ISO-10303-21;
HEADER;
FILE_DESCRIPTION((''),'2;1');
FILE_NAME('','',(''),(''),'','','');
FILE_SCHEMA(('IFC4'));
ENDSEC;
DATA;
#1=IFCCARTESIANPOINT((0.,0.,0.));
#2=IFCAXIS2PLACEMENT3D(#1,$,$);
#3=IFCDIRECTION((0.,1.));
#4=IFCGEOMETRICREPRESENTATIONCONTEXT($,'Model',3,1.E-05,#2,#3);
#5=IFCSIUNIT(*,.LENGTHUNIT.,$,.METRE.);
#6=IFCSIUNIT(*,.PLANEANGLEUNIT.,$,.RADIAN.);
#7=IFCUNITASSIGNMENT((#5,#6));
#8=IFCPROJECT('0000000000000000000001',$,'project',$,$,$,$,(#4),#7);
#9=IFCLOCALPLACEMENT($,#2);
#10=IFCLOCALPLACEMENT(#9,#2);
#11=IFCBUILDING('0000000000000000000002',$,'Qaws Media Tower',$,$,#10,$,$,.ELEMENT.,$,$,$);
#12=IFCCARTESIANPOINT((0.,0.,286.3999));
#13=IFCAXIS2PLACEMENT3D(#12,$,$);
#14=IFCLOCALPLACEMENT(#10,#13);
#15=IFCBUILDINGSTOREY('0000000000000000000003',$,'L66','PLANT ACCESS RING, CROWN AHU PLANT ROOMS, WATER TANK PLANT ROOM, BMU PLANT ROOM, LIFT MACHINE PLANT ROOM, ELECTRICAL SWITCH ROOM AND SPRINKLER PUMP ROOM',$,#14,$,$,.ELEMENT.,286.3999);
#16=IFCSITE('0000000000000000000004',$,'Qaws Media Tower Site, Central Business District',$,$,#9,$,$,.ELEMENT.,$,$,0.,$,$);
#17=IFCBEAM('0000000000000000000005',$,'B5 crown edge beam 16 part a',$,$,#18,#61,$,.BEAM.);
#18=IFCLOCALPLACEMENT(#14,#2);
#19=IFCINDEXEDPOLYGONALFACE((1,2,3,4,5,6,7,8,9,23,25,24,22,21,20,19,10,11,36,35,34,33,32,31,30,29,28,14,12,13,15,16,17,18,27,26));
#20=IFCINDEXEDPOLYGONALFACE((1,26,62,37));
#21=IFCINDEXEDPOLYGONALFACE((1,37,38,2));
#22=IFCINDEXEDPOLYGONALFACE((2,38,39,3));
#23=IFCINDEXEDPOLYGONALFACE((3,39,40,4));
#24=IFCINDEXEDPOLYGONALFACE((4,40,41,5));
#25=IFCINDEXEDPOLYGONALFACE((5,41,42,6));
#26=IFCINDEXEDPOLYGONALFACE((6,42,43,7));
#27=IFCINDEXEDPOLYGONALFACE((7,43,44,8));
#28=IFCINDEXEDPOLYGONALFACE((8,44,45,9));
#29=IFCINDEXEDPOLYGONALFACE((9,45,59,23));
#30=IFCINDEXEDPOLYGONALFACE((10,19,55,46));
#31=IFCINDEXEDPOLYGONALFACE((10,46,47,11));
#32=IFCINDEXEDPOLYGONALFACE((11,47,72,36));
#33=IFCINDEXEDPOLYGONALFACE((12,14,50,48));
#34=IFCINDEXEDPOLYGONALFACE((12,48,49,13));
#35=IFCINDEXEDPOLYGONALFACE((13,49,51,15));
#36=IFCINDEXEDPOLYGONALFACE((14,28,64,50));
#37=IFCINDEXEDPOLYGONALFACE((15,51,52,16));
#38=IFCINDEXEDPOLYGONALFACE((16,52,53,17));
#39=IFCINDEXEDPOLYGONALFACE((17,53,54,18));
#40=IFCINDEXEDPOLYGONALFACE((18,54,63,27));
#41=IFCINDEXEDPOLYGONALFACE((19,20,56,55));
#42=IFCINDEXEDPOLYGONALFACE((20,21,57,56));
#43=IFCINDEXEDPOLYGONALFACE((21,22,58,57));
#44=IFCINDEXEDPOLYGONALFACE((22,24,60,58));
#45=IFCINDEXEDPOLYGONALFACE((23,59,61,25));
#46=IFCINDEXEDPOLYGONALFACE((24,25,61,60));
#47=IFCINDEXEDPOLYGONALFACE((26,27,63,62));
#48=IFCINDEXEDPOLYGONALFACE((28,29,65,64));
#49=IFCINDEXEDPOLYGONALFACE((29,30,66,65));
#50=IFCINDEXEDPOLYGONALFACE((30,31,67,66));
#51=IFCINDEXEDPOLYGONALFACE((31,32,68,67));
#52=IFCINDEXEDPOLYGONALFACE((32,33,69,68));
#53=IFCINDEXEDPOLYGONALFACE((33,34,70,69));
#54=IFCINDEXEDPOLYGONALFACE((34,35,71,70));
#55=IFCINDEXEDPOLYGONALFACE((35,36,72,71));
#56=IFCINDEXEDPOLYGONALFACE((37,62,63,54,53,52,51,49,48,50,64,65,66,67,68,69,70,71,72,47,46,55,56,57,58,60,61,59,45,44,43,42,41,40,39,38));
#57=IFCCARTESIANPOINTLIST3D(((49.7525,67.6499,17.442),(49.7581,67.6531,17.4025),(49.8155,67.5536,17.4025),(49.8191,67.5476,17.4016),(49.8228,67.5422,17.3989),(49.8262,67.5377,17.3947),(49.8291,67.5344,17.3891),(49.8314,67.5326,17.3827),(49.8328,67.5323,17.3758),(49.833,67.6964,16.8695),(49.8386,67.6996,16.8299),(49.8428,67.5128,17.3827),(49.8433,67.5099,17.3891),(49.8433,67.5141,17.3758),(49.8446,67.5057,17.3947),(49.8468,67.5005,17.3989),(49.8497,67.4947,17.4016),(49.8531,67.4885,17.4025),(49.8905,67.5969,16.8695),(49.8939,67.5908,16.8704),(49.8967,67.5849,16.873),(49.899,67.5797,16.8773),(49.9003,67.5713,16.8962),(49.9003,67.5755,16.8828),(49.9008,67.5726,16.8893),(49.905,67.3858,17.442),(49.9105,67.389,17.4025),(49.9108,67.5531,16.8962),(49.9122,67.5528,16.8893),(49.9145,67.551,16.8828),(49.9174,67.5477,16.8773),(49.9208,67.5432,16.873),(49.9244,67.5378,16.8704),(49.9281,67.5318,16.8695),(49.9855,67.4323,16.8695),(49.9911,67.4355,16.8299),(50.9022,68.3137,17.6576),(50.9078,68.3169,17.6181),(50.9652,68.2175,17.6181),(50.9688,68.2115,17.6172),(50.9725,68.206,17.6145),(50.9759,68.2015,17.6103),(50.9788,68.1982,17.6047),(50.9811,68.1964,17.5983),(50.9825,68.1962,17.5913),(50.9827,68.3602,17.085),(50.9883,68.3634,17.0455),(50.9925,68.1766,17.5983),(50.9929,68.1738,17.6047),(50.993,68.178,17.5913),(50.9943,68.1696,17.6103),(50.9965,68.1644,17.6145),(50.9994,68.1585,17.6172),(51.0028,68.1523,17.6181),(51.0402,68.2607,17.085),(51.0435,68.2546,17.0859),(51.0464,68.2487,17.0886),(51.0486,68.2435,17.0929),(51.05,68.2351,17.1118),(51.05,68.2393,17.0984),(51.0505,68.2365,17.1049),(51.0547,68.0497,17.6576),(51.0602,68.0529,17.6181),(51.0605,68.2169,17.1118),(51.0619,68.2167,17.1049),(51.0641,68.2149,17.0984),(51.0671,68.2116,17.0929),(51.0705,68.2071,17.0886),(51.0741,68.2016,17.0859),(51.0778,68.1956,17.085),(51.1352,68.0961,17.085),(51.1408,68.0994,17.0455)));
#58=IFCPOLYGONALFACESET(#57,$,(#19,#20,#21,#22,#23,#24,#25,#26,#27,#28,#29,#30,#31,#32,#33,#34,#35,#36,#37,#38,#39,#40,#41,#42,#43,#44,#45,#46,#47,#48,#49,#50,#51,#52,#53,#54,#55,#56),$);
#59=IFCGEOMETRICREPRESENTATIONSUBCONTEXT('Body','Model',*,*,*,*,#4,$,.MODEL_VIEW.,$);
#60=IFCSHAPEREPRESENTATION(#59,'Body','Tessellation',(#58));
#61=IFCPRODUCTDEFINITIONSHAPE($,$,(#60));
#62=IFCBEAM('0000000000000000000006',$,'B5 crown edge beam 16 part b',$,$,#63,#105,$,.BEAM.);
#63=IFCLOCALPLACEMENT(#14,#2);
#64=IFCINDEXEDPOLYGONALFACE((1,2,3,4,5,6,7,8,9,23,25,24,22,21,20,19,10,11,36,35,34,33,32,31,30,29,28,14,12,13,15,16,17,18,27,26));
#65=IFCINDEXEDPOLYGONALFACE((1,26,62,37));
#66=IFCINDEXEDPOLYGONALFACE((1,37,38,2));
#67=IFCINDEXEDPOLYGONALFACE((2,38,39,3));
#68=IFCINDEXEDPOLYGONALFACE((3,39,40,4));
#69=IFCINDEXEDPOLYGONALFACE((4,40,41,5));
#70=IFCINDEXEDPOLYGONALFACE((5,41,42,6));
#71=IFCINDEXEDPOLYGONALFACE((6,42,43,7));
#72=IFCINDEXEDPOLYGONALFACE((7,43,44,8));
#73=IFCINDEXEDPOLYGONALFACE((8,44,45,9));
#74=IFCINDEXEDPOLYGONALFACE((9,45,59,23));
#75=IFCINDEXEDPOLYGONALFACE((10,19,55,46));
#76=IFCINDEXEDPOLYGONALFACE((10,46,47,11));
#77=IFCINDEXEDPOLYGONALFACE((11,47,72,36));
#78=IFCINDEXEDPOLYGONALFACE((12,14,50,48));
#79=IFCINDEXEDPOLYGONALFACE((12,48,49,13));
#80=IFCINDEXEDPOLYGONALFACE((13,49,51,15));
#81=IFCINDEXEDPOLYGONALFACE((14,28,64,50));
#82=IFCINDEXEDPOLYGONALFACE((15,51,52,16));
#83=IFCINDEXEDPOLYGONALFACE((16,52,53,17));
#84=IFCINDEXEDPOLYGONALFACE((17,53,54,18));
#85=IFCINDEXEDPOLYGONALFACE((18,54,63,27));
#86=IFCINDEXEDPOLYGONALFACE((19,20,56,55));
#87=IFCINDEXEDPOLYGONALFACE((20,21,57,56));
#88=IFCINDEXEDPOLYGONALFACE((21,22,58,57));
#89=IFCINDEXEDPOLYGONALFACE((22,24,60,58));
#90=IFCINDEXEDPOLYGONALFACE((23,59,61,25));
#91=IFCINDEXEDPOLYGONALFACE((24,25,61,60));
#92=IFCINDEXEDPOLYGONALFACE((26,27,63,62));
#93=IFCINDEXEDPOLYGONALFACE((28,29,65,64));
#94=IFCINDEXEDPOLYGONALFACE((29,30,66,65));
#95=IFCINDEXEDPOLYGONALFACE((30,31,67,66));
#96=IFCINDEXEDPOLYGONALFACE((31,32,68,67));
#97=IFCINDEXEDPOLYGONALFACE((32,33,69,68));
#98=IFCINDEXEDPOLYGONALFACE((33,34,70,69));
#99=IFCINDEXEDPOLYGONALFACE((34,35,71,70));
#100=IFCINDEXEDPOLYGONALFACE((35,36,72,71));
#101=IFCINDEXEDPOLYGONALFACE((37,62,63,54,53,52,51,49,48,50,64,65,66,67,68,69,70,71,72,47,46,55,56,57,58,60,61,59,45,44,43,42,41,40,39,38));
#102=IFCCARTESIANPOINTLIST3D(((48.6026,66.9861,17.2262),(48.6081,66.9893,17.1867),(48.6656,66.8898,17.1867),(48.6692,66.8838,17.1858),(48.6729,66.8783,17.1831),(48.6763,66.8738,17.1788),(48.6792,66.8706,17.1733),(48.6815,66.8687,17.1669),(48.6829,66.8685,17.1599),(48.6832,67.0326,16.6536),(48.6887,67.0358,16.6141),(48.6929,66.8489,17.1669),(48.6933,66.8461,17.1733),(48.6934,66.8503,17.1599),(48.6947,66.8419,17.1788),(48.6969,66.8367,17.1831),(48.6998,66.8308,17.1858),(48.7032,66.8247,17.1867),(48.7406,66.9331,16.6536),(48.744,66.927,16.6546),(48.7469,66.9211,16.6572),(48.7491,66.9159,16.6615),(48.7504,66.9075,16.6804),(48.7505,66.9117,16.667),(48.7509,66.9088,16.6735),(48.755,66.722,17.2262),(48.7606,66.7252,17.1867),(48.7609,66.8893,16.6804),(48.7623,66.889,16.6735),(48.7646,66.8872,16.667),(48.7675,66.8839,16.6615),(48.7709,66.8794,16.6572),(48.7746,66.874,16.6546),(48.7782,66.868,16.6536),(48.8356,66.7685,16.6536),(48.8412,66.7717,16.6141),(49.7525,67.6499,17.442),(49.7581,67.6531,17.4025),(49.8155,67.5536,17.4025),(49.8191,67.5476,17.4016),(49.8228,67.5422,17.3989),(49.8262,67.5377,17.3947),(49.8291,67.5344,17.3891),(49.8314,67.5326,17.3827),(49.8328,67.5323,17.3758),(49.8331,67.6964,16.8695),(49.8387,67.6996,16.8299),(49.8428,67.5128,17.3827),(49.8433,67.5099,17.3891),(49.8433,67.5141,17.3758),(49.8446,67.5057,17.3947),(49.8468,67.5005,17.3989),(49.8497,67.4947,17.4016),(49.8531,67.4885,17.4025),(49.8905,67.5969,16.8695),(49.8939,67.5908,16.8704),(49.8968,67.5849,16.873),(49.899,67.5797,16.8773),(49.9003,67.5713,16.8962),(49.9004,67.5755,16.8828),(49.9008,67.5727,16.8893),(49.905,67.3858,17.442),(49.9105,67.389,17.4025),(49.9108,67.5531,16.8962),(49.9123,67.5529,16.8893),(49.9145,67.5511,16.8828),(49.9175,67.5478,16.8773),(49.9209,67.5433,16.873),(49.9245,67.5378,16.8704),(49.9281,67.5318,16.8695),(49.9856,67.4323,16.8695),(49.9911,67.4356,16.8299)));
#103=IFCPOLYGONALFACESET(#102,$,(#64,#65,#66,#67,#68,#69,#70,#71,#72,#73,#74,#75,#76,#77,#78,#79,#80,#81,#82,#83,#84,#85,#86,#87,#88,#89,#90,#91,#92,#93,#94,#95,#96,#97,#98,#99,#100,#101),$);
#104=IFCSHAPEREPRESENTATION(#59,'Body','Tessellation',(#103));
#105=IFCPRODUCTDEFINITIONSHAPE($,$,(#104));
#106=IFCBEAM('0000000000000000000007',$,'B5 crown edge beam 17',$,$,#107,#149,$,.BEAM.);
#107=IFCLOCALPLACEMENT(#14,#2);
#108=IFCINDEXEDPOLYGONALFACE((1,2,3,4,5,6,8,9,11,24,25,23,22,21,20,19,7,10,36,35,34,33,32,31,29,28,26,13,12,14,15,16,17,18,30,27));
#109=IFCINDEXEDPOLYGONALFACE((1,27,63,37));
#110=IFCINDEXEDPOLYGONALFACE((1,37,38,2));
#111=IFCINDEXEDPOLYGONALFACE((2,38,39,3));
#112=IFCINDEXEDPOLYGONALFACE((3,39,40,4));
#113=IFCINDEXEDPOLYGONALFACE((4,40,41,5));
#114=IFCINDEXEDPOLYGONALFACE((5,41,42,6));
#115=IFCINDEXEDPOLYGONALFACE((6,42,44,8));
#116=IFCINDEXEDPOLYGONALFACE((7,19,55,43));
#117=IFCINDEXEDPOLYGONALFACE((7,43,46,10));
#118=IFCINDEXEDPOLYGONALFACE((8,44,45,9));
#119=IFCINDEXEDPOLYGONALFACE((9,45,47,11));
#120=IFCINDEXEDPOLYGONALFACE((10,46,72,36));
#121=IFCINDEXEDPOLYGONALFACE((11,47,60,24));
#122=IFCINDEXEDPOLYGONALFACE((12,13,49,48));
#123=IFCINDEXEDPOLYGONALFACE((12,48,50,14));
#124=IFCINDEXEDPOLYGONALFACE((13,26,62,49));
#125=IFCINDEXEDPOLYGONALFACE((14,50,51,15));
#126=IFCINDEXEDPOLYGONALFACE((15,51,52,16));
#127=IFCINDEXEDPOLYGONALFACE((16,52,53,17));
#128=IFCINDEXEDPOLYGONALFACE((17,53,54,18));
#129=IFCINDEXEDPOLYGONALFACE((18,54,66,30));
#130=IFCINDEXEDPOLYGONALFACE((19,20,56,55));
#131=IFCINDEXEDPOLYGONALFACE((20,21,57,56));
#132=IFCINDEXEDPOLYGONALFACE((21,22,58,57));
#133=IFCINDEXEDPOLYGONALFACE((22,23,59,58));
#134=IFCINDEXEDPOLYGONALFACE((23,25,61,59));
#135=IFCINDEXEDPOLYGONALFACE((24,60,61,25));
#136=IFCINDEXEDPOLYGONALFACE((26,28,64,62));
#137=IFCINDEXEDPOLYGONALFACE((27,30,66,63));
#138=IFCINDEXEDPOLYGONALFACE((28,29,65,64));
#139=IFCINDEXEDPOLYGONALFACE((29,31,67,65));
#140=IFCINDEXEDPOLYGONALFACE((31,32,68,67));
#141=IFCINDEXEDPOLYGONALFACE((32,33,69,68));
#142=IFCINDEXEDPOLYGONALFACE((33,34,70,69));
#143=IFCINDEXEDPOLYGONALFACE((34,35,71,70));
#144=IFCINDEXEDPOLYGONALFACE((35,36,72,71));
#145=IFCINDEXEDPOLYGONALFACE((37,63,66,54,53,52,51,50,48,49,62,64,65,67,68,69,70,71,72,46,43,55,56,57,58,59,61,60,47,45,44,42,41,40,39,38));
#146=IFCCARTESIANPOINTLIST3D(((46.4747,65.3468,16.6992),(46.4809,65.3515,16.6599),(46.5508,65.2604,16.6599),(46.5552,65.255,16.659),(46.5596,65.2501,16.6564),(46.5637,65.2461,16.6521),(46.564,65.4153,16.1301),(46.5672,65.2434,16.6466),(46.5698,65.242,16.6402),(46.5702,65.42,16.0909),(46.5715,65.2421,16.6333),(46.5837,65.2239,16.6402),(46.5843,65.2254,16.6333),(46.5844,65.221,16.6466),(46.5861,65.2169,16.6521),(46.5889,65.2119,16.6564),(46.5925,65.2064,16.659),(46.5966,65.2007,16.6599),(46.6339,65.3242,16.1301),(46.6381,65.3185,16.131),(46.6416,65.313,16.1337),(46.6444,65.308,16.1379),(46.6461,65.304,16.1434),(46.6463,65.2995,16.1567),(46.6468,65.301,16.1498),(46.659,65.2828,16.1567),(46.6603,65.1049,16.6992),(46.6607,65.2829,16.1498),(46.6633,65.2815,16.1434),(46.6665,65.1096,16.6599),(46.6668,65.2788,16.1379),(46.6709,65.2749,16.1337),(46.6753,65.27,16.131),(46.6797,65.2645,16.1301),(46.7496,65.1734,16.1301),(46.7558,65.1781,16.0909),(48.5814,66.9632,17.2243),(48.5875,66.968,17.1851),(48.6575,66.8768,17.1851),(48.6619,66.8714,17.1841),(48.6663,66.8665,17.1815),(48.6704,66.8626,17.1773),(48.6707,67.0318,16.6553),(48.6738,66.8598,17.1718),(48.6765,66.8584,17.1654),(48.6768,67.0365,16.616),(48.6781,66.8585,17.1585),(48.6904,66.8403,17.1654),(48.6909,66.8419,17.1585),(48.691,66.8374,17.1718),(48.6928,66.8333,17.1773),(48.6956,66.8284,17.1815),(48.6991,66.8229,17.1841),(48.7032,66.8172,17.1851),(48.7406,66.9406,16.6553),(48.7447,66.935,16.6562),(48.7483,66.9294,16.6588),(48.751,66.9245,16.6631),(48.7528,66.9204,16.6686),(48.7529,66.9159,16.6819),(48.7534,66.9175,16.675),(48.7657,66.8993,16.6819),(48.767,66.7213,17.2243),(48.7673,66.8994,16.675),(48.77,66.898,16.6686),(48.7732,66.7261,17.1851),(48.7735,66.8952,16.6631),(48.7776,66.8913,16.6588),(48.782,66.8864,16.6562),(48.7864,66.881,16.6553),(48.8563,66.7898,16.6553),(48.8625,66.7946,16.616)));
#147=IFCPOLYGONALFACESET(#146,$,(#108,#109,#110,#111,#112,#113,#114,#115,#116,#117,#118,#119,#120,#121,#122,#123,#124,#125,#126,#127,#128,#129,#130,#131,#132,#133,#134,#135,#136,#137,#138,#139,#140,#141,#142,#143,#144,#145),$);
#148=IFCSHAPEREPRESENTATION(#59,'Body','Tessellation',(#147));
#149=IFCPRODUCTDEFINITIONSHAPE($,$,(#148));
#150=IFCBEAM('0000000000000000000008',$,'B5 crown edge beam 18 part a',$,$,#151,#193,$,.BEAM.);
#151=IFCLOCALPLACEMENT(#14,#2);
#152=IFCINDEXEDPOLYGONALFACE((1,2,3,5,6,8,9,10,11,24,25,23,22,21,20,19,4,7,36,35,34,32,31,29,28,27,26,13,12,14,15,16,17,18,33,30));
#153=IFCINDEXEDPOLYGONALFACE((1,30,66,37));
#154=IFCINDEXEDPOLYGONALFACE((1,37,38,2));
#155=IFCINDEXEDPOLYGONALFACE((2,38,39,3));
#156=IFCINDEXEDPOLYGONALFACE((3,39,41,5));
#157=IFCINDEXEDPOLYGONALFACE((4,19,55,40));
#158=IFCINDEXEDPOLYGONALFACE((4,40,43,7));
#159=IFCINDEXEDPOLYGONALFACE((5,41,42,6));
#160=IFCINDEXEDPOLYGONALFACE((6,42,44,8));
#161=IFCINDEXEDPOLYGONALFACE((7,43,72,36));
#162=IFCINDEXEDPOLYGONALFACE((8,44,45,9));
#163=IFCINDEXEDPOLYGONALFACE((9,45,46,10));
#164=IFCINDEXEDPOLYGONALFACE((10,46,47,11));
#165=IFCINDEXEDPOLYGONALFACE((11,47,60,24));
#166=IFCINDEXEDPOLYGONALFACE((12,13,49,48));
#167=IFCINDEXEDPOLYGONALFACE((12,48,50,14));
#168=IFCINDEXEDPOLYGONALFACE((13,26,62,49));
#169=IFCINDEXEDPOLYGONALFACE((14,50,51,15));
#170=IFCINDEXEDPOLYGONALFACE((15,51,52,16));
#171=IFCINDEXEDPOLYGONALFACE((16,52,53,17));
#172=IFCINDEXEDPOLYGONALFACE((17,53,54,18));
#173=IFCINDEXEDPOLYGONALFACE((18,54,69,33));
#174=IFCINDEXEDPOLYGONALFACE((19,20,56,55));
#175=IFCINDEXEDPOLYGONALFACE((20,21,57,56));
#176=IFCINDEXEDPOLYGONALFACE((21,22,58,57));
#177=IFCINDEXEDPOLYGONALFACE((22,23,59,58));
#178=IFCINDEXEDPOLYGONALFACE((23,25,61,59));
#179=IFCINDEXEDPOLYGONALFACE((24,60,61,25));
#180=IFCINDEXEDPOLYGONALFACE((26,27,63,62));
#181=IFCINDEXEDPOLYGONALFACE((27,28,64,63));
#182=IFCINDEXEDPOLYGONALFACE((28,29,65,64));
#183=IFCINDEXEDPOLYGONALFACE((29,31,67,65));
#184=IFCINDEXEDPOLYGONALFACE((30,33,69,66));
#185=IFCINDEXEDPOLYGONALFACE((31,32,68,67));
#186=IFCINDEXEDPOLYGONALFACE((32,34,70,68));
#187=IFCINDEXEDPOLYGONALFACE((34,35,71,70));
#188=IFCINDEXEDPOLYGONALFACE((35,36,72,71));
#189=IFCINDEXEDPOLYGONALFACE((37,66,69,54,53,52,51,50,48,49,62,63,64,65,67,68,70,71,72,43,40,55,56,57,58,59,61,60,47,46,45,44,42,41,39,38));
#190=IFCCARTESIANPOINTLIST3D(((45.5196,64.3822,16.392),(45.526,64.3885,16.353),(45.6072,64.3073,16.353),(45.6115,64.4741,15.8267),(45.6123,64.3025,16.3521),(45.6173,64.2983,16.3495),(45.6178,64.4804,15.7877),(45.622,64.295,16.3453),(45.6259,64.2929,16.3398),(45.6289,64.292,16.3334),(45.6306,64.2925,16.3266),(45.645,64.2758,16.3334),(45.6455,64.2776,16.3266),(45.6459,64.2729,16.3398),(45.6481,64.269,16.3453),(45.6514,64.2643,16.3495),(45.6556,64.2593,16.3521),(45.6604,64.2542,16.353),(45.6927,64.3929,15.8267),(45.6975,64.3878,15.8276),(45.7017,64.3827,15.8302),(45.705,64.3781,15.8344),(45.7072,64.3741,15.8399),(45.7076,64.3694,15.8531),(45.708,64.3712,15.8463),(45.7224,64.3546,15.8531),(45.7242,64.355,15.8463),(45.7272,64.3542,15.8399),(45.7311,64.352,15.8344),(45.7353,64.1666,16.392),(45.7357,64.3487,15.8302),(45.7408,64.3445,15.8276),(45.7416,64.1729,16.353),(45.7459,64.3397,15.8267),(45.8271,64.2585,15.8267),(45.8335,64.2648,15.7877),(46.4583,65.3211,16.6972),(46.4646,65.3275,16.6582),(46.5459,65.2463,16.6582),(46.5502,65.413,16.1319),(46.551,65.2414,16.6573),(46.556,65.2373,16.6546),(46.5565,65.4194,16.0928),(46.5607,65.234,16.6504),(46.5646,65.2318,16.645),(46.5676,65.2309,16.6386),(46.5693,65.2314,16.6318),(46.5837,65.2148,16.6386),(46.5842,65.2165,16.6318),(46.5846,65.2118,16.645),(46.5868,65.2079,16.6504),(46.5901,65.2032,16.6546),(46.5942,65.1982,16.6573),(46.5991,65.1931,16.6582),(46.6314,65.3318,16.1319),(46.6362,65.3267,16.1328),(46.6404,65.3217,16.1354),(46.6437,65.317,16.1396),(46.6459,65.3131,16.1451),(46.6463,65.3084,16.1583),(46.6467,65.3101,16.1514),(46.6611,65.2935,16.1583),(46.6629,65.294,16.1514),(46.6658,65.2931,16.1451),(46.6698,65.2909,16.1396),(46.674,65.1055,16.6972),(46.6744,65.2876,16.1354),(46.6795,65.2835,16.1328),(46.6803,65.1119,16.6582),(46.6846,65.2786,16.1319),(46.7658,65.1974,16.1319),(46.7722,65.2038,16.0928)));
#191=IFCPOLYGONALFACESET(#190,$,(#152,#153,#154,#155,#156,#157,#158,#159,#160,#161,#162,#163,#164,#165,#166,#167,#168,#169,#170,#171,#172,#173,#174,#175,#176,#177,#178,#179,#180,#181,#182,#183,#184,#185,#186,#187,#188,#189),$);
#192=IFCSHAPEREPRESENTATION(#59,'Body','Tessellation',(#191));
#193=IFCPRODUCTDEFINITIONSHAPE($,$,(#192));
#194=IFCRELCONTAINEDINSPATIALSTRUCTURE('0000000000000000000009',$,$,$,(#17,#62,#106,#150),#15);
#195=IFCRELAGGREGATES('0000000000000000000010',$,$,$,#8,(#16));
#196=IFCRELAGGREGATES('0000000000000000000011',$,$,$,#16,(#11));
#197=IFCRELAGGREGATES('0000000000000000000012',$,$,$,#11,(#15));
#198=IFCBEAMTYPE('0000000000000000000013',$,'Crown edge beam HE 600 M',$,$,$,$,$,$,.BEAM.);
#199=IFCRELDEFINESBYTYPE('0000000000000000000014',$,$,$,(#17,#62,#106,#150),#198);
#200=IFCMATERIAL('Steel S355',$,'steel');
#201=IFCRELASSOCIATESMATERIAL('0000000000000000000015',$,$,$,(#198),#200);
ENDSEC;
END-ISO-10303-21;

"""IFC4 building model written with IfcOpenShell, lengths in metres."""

from ifc_helpers import new_model, si_unit, direction, frame, origin, origin_2d, place, context, subcontext, project, spatial, i_section, extrude, material, material_profile, profile_set, type_object, element, save


model = new_model("IFC4")

# Units and contexts
model_context = context("Model", 3, precision=1e-05, world=origin(), true_north=direction((0.0, 1.0)))
body_context = subcontext(model_context, "Body", "Model", "MODEL_VIEW")
ifc_project = project(units=[si_unit("LENGTHUNIT", "METRE"), si_unit("PLANEANGLEUNIT", "RADIAN")], contexts=[model_context])

# Site, building, storey
site_placement = place(None, origin())
site = spatial("IfcSite", under=ifc_project, at=site_placement, Name="Qaws Media Tower Site, Central Business District", CompositionType="ELEMENT", RefElevation=0.0)
building_placement = place(site_placement, origin())
building = spatial("IfcBuilding", under=site, at=building_placement, Name="Qaws Media Tower", CompositionType="ELEMENT")
storey_placement = place(building_placement, frame((0.0, 0.0, 286.3999)))
storey = spatial("IfcBuildingStorey", under=building, at=storey_placement, Name="L66", Description="PLANT ACCESS RING, CROWN AHU PLANT ROOMS, WATER TANK PLANT ROOM, BMU PLANT ROOM, LIFT MACHINE PLANT ROOM, ELECTRICAL SWITCH ROOM AND SPRINKLER PUMP ROOM", CompositionType="ELEMENT", Elevation=286.3999)

# Beams
ifc_material_1 = material(Name="Steel S355", Category="steel")
ifc_material_profile_1 = material_profile(ifc_material_1, i_section(OverallWidth=0.3049, OverallDepth=0.6201, WebThickness=0.021, FlangeThickness=0.04, FilletRadius=0.0271, at=origin_2d()), Name="HE 600 M")
ifc_profile_set_1 = profile_set([ifc_material_profile_1], Name="Steel S355")
beam_type_1 = type_object("IfcBeamType", Name="Crown edge beam HE 600 M", PredefinedType="BEAM", material=ifc_profile_set_1)
beam_1_placement = place(storey_placement, frame((51.0215, 68.2065, 17.3516), z_axis=(-0.854808, -0.49357, -0.160288), x_axis=(0.500036, -0.866005, 0.0)))
element("IfcBeam", 1, at=beam_1_placement, inside=storey, type_object=beam_type_1, Name="B5 crown edge beam 16 part a", PredefinedType="BEAM", context=body_context, shape_type="SweptSolid", body=[
    extrude(i_section(OverallWidth=0.3049, OverallDepth=0.6201, WebThickness=0.021, FlangeThickness=0.04, FilletRadius=0.0271, at=origin_2d()), origin(), (0.0, 0.0, 1.0), 1.345),
])
beam_2_placement = place(storey_placement, frame((49.8718, 67.5427, 17.136), z_axis=(-0.854832, -0.493479, -0.16044), x_axis=(0.499956, -0.866051, 0.0)))
element("IfcBeam", 2, at=beam_2_placement, inside=storey, type_object=beam_type_1, Name="B5 crown edge beam 16 part b", PredefinedType="BEAM", context=body_context, shape_type="SweptSolid", body=[
    extrude(i_section(OverallWidth=0.3049, OverallDepth=0.6201, WebThickness=0.021, FlangeThickness=0.04, FilletRadius=0.0271, at=origin_2d()), origin(), (0.0, 0.0, 1.0), 1.3452),
])
beam_3_placement = place(storey_placement, frame((48.7219, 66.8789, 16.9202), z_axis=(-0.778291, -0.59718, -0.194009), x_axis=(0.608746, -0.793365, 0.0)))
element("IfcBeam", 3, at=beam_3_placement, inside=storey, type_object=beam_type_1, Name="B5 crown edge beam 17", PredefinedType="BEAM", context=body_context, shape_type="SweptSolid", body=[
    extrude(i_section(OverallWidth=0.3049, OverallDepth=0.6201, WebThickness=0.021, FlangeThickness=0.04, FilletRadius=0.0271, at=origin_2d()), origin(), (0.0, 0.0, 1.0), 2.7068),
])
for number, where, z_axis, x_axis, name in (
    (4, (46.6152, 65.2625, 16.395), (-0.689048, -0.689227, -0.224008), (0.707199, -0.707015, 0.0), "B5 crown edge beam 18 part a"),
):
    element("IfcBeam", number, at=place(storey_placement, frame(where, z_axis=z_axis, x_axis=x_axis)), inside=storey, type_object=beam_type_1, Name=name, PredefinedType="BEAM", context=body_context, shape_type="SweptSolid", body=[
        extrude(i_section(OverallWidth=0.3049, OverallDepth=0.6201, WebThickness=0.021, FlangeThickness=0.04, FilletRadius=0.0271, at=origin_2d()), origin(), (0.0, 0.0, 1.0), 1.3623),
    ])

save(model, "model.ifc")
